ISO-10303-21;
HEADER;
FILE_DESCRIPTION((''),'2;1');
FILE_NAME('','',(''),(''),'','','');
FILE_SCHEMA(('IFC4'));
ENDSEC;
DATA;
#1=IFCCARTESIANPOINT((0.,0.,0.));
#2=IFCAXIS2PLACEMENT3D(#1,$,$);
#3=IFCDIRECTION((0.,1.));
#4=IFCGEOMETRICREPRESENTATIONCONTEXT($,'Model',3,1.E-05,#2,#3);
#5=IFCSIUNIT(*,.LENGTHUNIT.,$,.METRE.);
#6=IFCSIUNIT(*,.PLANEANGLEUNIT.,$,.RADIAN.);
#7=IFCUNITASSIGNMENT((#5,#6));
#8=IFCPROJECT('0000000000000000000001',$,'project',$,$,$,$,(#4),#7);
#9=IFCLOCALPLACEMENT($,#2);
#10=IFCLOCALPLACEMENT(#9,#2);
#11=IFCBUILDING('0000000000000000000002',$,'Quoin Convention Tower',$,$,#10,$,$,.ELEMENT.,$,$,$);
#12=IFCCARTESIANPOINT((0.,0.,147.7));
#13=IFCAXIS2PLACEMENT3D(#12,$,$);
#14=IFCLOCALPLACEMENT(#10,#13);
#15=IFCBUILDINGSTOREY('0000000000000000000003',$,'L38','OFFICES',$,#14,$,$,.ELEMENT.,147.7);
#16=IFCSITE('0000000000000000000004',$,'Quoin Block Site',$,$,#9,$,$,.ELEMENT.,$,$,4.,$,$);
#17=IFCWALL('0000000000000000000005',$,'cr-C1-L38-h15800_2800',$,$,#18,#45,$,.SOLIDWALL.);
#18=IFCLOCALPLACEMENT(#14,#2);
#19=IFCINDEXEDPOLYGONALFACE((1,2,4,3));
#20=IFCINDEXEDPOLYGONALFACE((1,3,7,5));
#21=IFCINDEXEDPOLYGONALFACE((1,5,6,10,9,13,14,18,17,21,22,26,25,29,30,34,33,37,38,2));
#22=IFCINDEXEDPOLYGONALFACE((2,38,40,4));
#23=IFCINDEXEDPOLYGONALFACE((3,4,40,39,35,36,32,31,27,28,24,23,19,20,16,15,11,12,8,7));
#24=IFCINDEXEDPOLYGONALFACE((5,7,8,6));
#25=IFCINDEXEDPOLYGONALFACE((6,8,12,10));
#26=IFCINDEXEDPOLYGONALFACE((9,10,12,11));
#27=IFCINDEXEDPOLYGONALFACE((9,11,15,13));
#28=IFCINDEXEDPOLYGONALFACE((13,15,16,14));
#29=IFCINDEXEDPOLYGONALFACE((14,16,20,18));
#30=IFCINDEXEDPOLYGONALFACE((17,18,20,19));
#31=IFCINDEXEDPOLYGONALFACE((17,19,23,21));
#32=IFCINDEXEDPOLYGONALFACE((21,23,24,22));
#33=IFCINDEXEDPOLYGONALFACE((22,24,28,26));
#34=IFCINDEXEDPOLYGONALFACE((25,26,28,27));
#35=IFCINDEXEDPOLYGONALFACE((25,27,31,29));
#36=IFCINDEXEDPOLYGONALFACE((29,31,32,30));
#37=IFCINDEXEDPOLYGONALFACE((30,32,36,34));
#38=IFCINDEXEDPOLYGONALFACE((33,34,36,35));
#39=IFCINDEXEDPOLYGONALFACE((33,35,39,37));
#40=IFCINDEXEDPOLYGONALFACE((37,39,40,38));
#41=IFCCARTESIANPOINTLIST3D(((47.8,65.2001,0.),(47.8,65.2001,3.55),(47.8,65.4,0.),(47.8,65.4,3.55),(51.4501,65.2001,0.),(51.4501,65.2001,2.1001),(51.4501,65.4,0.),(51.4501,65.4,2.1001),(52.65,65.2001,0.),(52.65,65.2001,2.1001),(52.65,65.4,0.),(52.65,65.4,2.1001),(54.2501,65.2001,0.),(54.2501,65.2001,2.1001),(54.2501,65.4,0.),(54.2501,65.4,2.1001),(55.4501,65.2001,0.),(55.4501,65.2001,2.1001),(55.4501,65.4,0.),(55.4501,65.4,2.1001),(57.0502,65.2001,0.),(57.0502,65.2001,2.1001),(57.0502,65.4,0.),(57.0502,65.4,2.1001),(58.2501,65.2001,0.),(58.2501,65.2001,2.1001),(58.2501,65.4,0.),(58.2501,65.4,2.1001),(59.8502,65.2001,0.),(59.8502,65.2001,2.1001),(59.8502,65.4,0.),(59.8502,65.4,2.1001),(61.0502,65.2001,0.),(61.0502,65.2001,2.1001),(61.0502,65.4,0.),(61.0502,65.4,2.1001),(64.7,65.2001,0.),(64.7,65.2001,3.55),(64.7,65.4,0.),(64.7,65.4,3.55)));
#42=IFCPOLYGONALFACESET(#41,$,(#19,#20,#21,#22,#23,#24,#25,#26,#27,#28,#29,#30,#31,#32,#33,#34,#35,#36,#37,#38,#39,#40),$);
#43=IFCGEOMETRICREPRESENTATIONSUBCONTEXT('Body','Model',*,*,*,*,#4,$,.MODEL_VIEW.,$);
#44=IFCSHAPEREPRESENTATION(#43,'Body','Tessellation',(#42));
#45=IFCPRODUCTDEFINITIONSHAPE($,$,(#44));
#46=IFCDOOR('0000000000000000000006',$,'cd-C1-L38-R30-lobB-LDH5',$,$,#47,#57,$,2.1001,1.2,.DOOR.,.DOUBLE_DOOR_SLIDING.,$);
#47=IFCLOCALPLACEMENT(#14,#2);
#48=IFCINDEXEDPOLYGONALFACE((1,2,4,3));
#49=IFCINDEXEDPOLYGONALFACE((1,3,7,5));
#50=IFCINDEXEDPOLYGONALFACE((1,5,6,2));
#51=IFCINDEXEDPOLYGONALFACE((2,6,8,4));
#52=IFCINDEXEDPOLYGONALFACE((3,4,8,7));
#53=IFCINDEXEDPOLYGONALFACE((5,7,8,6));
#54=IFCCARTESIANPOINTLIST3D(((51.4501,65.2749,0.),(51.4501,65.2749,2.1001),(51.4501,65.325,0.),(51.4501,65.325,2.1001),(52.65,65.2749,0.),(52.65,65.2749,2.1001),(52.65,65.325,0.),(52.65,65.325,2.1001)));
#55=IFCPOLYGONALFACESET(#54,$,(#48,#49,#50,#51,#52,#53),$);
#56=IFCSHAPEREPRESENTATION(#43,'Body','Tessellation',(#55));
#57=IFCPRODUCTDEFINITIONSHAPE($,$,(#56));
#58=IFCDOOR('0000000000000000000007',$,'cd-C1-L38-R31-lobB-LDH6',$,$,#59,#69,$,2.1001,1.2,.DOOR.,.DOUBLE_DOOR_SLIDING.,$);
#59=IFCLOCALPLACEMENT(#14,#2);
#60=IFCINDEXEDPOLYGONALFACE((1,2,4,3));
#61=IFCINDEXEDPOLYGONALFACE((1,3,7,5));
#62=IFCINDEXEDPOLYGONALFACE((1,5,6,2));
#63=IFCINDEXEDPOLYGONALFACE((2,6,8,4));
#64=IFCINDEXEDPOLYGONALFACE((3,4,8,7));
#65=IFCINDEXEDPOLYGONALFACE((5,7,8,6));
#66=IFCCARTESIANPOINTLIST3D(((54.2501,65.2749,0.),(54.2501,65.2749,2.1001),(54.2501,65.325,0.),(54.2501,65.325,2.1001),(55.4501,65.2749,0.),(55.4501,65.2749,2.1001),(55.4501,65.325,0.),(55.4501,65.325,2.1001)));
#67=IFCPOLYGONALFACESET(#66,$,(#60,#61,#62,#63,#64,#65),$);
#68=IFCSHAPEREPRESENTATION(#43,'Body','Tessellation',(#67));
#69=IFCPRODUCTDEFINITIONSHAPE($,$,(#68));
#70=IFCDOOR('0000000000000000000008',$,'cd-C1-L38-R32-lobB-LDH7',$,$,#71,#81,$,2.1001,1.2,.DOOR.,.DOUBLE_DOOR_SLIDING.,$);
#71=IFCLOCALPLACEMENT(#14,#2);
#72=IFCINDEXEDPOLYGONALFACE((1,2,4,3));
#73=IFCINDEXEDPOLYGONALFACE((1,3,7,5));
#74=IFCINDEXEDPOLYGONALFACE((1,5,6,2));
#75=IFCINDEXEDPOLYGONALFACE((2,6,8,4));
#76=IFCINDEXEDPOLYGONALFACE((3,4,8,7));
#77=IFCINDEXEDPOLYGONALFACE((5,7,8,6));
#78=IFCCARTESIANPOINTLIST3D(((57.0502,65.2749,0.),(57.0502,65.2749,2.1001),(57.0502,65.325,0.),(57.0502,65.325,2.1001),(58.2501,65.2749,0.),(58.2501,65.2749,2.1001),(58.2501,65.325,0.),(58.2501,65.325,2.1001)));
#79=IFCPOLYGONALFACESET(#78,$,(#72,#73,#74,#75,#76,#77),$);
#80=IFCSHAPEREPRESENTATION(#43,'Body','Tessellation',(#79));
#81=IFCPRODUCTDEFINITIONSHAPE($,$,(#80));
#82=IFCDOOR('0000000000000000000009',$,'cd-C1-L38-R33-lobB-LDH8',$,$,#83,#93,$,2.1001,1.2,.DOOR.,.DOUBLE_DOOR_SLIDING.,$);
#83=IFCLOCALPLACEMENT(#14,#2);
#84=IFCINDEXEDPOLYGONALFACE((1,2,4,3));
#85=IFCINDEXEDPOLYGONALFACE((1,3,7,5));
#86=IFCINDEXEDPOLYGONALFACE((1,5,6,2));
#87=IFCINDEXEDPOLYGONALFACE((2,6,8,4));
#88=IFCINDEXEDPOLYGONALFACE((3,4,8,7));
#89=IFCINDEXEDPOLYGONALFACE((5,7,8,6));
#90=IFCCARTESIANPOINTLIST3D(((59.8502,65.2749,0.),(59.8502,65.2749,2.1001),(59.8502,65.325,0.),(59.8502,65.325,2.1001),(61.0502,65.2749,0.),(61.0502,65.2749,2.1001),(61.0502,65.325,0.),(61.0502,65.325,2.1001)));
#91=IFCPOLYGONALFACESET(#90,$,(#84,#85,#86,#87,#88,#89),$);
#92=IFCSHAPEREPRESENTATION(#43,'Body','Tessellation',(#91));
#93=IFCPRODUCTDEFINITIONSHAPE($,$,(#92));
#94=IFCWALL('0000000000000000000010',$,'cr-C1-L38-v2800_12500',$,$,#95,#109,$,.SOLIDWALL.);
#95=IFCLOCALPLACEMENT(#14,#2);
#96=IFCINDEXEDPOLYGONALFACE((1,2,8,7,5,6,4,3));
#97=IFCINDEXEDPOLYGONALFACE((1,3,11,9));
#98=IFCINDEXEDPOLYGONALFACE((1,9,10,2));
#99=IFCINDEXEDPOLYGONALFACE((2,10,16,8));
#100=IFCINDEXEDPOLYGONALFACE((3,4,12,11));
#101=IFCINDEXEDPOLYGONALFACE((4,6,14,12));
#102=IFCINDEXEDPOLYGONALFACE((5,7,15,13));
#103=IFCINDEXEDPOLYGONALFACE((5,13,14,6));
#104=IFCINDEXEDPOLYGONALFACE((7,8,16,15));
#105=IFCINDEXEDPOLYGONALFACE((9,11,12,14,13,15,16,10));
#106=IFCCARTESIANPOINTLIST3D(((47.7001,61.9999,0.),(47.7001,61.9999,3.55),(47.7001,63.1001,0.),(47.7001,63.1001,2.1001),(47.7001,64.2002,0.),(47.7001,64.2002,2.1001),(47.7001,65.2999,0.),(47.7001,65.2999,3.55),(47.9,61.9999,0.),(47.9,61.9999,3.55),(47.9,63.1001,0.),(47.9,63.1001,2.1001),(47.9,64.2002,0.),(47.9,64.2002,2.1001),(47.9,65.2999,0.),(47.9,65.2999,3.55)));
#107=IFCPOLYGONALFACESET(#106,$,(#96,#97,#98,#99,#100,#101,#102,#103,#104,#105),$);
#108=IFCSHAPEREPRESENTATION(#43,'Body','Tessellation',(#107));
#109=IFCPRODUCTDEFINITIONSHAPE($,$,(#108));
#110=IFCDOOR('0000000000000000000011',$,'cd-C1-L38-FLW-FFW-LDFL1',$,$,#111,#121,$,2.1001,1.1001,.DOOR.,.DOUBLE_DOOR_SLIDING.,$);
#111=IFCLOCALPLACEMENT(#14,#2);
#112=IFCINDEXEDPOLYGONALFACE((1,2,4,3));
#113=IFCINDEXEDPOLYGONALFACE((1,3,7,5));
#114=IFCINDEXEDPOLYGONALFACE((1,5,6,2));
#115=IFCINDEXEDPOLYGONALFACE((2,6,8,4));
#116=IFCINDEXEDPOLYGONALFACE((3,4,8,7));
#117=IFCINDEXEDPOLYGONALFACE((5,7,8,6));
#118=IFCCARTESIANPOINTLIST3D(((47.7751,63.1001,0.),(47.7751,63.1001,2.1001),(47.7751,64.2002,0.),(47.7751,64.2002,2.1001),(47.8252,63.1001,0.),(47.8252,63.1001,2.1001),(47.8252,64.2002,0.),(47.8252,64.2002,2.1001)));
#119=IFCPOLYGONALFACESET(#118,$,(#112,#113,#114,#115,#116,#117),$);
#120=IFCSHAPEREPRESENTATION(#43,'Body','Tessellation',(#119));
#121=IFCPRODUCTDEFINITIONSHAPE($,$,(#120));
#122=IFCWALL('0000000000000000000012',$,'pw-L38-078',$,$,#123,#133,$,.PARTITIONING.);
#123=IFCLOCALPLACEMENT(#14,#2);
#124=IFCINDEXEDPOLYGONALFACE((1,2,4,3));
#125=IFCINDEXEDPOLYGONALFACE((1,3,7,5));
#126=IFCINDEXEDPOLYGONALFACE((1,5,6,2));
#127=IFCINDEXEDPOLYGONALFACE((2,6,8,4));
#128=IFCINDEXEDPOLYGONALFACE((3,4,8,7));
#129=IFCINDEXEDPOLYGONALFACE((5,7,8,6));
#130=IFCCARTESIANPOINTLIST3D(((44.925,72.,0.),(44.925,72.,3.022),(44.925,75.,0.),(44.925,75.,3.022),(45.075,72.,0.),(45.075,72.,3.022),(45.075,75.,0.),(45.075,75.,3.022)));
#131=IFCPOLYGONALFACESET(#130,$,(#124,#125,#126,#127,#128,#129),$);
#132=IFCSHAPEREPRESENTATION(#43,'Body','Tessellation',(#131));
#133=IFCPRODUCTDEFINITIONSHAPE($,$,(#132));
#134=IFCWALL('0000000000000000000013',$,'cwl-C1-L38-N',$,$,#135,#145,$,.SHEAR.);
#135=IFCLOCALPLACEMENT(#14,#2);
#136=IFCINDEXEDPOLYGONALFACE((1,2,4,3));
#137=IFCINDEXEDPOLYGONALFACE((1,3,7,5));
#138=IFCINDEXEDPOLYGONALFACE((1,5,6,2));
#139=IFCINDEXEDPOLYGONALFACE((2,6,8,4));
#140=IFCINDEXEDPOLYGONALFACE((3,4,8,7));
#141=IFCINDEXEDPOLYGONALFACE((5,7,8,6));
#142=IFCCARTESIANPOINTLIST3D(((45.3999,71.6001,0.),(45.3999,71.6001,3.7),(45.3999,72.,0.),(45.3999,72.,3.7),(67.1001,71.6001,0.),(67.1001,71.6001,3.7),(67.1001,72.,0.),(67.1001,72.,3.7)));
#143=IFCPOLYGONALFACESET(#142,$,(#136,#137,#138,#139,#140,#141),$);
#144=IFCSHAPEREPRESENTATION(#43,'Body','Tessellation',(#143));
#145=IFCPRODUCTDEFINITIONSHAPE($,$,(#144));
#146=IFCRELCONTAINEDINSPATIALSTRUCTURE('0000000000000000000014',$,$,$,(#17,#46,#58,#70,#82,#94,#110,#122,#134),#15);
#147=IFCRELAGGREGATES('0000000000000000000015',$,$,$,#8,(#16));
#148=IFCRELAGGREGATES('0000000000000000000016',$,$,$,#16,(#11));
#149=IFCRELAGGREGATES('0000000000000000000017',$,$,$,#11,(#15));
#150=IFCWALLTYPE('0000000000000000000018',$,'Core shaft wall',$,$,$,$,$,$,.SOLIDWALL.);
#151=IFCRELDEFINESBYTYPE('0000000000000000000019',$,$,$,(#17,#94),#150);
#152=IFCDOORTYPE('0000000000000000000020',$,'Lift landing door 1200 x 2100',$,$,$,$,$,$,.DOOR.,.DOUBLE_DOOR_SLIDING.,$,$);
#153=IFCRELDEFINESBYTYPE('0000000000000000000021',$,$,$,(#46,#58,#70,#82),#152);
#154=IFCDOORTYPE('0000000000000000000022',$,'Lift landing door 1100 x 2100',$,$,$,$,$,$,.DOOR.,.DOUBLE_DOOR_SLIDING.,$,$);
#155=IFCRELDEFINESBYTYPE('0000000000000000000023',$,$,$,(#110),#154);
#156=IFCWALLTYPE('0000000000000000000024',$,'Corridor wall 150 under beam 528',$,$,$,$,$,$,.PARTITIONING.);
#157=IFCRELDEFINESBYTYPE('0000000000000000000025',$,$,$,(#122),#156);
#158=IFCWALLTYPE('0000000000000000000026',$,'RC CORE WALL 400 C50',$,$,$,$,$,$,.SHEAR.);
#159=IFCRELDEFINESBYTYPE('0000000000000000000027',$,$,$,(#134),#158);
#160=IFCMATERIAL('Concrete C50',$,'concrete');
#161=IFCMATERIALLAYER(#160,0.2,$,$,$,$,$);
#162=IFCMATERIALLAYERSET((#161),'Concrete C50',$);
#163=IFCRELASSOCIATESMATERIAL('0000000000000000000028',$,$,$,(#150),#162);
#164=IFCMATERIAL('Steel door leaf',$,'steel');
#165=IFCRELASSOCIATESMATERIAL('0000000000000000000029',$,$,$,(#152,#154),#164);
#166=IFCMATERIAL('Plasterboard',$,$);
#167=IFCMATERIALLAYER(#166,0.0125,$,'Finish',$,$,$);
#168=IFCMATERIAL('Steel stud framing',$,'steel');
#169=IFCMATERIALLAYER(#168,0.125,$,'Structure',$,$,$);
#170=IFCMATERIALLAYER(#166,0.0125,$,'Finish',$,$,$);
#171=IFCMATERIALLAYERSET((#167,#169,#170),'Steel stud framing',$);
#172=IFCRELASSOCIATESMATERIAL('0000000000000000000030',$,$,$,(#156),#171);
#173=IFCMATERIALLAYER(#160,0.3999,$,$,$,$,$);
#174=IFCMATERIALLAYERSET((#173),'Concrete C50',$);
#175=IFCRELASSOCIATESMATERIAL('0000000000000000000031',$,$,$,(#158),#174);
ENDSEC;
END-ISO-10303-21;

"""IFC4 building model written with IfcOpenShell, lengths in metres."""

from ifc_helpers import new_model, si_unit, direction, frame, frame_2d, origin, place, context, subcontext, project, spatial, rectangle, extrude, material, layer, layer_set, type_object, element, fill, save


model = new_model("IFC4")

# Units and contexts
model_context = context("Model", 3, precision=1e-05, world=origin(), true_north=direction((0.0, 1.0)))
body_context = subcontext(model_context, "Body", "Model", "MODEL_VIEW")
ifc_project = project(units=[si_unit("LENGTHUNIT", "METRE"), si_unit("PLANEANGLEUNIT", "RADIAN")], contexts=[model_context])

# Site, building, storey
site_placement = place(None, origin())
site = spatial("IfcSite", under=ifc_project, at=site_placement, Name="Quoin Block Site", CompositionType="ELEMENT", RefElevation=4.0)
building_placement = place(site_placement, origin())
building = spatial("IfcBuilding", under=site, at=building_placement, Name="Quoin Convention Tower", CompositionType="ELEMENT")
storey_placement = place(building_placement, frame((0.0, 0.0, 147.7)))
storey = spatial("IfcBuildingStorey", under=building, at=storey_placement, Name="L38", Description="OFFICES", CompositionType="ELEMENT", Elevation=147.7)

# Shared definitions
ifc_material_1 = material(Name="Plasterboard")
ifc_material_2 = material(Name="Steel stud framing", Category="steel")
ifc_material_3 = material(Name="Steel door leaf", Category="steel")

# Shared definitions
ifc_material_4 = material(Name="Concrete C50", Category="concrete")
ifc_layer_1 = layer(ifc_material_4, 0.2)
ifc_layer_set_1 = layer_set([ifc_layer_1], Name="Concrete C50")
wall_type_1 = type_object("IfcWallType", Name="Core shaft wall", PredefinedType="SOLIDWALL", material=ifc_layer_set_1)

# Wall, openings, doors
wall_1_placement = place(storey_placement, frame((47.8, 65.3, 0.0), z_axis=(0.0, 0.0, 1.0), x_axis=(1.0, 0.0, 0.0)))
wall_1 = element("IfcWall", 1, at=wall_1_placement, inside=storey, type_object=wall_type_1, Name="cr-C1-L38-h15800_2800", PredefinedType="SOLIDWALL", context=body_context, shape_type="SweptSolid", body=[
    extrude(rectangle(XDim=16.8999, YDim=0.2, at=frame_2d((8.45, 0.0))), origin(), (0.0, 0.0, 1.0), 3.55),
])
opening_1_placement = place(wall_1_placement, frame((3.6499, 0.0, 0.0)))
opening_1 = element("IfcOpeningElement", 2, at=opening_1_placement, cuts=wall_1, PredefinedType="OPENING", context=body_context, shape_type="SweptSolid", body=[
    extrude(rectangle(XDim=1.2, YDim=2.1001, at=frame_2d((0.6001, 1.05))), frame((0.0, 0.1099, 0.0), z_axis=(0.0, -1.0, 0.0), x_axis=(1.0, 0.0, 0.0)), (0.0, 0.0, 1.0), 0.22),
])
opening_2_placement = place(wall_1_placement, frame((6.45, 0.0, 0.0)))
opening_2 = element("IfcOpeningElement", 3, at=opening_2_placement, cuts=wall_1, PredefinedType="OPENING", context=body_context, shape_type="SweptSolid", body=[
    extrude(rectangle(XDim=1.2, YDim=2.1001, at=frame_2d((0.6001, 1.05))), frame((0.0, 0.1099, 0.0), z_axis=(0.0, -1.0, 0.0), x_axis=(1.0, 0.0, 0.0)), (0.0, 0.0, 1.0), 0.22),
])
opening_3_placement = place(wall_1_placement, frame((9.25, 0.0, 0.0)))
opening_3 = element("IfcOpeningElement", 4, at=opening_3_placement, cuts=wall_1, PredefinedType="OPENING", context=body_context, shape_type="SweptSolid", body=[
    extrude(rectangle(XDim=1.2, YDim=2.1001, at=frame_2d((0.6001, 1.05))), frame((0.0, 0.1099, 0.0), z_axis=(0.0, -1.0, 0.0), x_axis=(1.0, 0.0, 0.0)), (0.0, 0.0, 1.0), 0.22),
])
opening_4_placement = place(wall_1_placement, frame((12.05, 0.0, 0.0)))
opening_4 = element("IfcOpeningElement", 5, at=opening_4_placement, cuts=wall_1, PredefinedType="OPENING", context=body_context, shape_type="SweptSolid", body=[
    extrude(rectangle(XDim=1.2, YDim=2.1001, at=frame_2d((0.6001, 1.05))), frame((0.0, 0.1099, 0.0), z_axis=(0.0, -1.0, 0.0), x_axis=(1.0, 0.0, 0.0)), (0.0, 0.0, 1.0), 0.22),
])
door_type_1 = type_object("IfcDoorType", Name="Lift landing door 1200 x 2100", OperationType="DOUBLE_DOOR_SLIDING", PredefinedType="DOOR", material=ifc_material_3)
door_1_placement = place(opening_1_placement, origin())
door_1 = element("IfcDoor", 6, at=door_1_placement, inside=storey, type_object=door_type_1, Name="cd-C1-L38-R30-lobB-LDH5", OperationType="DOUBLE_DOOR_SLIDING", OverallHeight=2.1001, OverallWidth=1.2, PredefinedType="DOOR", context=body_context, shape_type="SweptSolid", body=[
    extrude(rectangle(XDim=1.2, YDim=2.1001, at=frame_2d((0.6001, 1.05))), frame((0.0, 0.0249, 0.0), z_axis=(0.0, -1.0, 0.0), x_axis=(1.0, 0.0, 0.0)), (0.0, 0.0, 1.0), 0.05),
])
fill(opening_1, door_1)
door_2_placement = place(opening_2_placement, origin())
door_2 = element("IfcDoor", 7, at=door_2_placement, inside=storey, type_object=door_type_1, Name="cd-C1-L38-R31-lobB-LDH6", OperationType="DOUBLE_DOOR_SLIDING", OverallHeight=2.1001, OverallWidth=1.2, PredefinedType="DOOR", context=body_context, shape_type="SweptSolid", body=[
    extrude(rectangle(XDim=1.2, YDim=2.1001, at=frame_2d((0.6001, 1.05))), frame((0.0, 0.0249, 0.0), z_axis=(0.0, -1.0, 0.0), x_axis=(1.0, 0.0, 0.0)), (0.0, 0.0, 1.0), 0.05),
])
fill(opening_2, door_2)
door_3_placement = place(opening_3_placement, origin())
door_3 = element("IfcDoor", 8, at=door_3_placement, inside=storey, type_object=door_type_1, Name="cd-C1-L38-R32-lobB-LDH7", OperationType="DOUBLE_DOOR_SLIDING", OverallHeight=2.1001, OverallWidth=1.2, PredefinedType="DOOR", context=body_context, shape_type="SweptSolid", body=[
    extrude(rectangle(XDim=1.2, YDim=2.1001, at=frame_2d((0.6001, 1.05))), frame((0.0, 0.0249, 0.0), z_axis=(0.0, -1.0, 0.0), x_axis=(1.0, 0.0, 0.0)), (0.0, 0.0, 1.0), 0.05),
])
fill(opening_3, door_3)
door_4_placement = place(opening_4_placement, origin())
door_4 = element("IfcDoor", 9, at=door_4_placement, inside=storey, type_object=door_type_1, Name="cd-C1-L38-R33-lobB-LDH8", OperationType="DOUBLE_DOOR_SLIDING", OverallHeight=2.1001, OverallWidth=1.2, PredefinedType="DOOR", context=body_context, shape_type="SweptSolid", body=[
    extrude(rectangle(XDim=1.2, YDim=2.1001, at=frame_2d((0.6001, 1.05))), frame((0.0, 0.0249, 0.0), z_axis=(0.0, -1.0, 0.0), x_axis=(1.0, 0.0, 0.0)), (0.0, 0.0, 1.0), 0.05),
])
fill(opening_4, door_4)

# Wall, opening, door
wall_2_placement = place(storey_placement, frame((47.8, 62.0, 0.0), z_axis=(0.0, 0.0, 1.0), x_axis=(0.0, 1.0, 0.0)))
wall_2 = element("IfcWall", 10, at=wall_2_placement, inside=storey, type_object=wall_type_1, Name="cr-C1-L38-v2800_12500", PredefinedType="SOLIDWALL", context=body_context, shape_type="SweptSolid", body=[
    extrude(rectangle(XDim=3.3, YDim=0.2, at=frame_2d((1.6499, 0.0))), origin(), (0.0, 0.0, 1.0), 3.55),
])
opening_5_placement = place(wall_2_placement, frame((1.1001, 0.0, 0.0)))
opening_5 = element("IfcOpeningElement", 11, at=opening_5_placement, cuts=wall_2, PredefinedType="OPENING", context=body_context, shape_type="SweptSolid", body=[
    extrude(rectangle(XDim=1.1001, YDim=2.1001, at=frame_2d((0.55, 1.05))), frame((0.0, 0.1099, 0.0), z_axis=(0.0, -1.0, 0.0), x_axis=(1.0, 0.0, 0.0)), (0.0, 0.0, 1.0), 0.22),
])
door_type_2 = type_object("IfcDoorType", Name="Lift landing door 1100 x 2100", OperationType="DOUBLE_DOOR_SLIDING", PredefinedType="DOOR", material=ifc_material_3)
door_5_placement = place(opening_5_placement, origin())
door_5 = element("IfcDoor", 12, at=door_5_placement, inside=storey, type_object=door_type_2, Name="cd-C1-L38-FLW-FFW-LDFL1", OperationType="DOUBLE_DOOR_SLIDING", OverallHeight=2.1001, OverallWidth=1.1001, PredefinedType="DOOR", context=body_context, shape_type="SweptSolid", body=[
    extrude(rectangle(XDim=1.1001, YDim=2.1001, at=frame_2d((0.55, 1.05))), frame((0.0, 0.0249, 0.0), z_axis=(0.0, -1.0, 0.0), x_axis=(1.0, 0.0, 0.0)), (0.0, 0.0, 1.0), 0.05),
])
fill(opening_5, door_5)

# Walls
ifc_layer_2 = layer(ifc_material_1, 0.0125, Name="Finish")
ifc_layer_3 = layer(ifc_material_2, 0.125, Name="Structure")
ifc_layer_4 = layer(ifc_material_1, 0.0125, Name="Finish")
ifc_layer_set_2 = layer_set([ifc_layer_2, ifc_layer_3, ifc_layer_4], Name="Steel stud framing")
wall_type_2 = type_object("IfcWallType", Name="Corridor wall 150 under beam 528", PredefinedType="PARTITIONING", material=ifc_layer_set_2)
wall_3_placement = place(storey_placement, frame((45.0, 72.0, 0.0), z_axis=(0.0, 0.0, 1.0), x_axis=(0.0, 1.0, 0.0)))
element("IfcWall", 13, at=wall_3_placement, inside=storey, type_object=wall_type_2, Name="pw-L38-078", PredefinedType="PARTITIONING", context=body_context, shape_type="SweptSolid", body=[
    extrude(rectangle(XDim=3.0, YDim=0.1499, at=frame_2d((1.5, 0.0))), origin(), (0.0, 0.0, 1.0), 3.022),
])
ifc_layer_5 = layer(ifc_material_4, 0.3999)
ifc_layer_set_3 = layer_set([ifc_layer_5], Name="Concrete C50")
wall_type_3 = type_object("IfcWallType", Name="RC CORE WALL 400 C50", PredefinedType="SHEAR", material=ifc_layer_set_3)
wall_4_placement = place(storey_placement, frame((45.3999, 71.8, 0.0), z_axis=(0.0, 0.0, 1.0), x_axis=(1.0, 0.0, 0.0)))
element("IfcWall", 14, at=wall_4_placement, inside=storey, type_object=wall_type_3, Name="cwl-C1-L38-N", PredefinedType="SHEAR", context=body_context, shape_type="SweptSolid", body=[
    extrude(rectangle(XDim=21.7002, YDim=0.3999, at=frame_2d((10.8501, 0.0))), origin(), (0.0, 0.0, 1.0), 3.7),
])

save(model, "model.ifc")
